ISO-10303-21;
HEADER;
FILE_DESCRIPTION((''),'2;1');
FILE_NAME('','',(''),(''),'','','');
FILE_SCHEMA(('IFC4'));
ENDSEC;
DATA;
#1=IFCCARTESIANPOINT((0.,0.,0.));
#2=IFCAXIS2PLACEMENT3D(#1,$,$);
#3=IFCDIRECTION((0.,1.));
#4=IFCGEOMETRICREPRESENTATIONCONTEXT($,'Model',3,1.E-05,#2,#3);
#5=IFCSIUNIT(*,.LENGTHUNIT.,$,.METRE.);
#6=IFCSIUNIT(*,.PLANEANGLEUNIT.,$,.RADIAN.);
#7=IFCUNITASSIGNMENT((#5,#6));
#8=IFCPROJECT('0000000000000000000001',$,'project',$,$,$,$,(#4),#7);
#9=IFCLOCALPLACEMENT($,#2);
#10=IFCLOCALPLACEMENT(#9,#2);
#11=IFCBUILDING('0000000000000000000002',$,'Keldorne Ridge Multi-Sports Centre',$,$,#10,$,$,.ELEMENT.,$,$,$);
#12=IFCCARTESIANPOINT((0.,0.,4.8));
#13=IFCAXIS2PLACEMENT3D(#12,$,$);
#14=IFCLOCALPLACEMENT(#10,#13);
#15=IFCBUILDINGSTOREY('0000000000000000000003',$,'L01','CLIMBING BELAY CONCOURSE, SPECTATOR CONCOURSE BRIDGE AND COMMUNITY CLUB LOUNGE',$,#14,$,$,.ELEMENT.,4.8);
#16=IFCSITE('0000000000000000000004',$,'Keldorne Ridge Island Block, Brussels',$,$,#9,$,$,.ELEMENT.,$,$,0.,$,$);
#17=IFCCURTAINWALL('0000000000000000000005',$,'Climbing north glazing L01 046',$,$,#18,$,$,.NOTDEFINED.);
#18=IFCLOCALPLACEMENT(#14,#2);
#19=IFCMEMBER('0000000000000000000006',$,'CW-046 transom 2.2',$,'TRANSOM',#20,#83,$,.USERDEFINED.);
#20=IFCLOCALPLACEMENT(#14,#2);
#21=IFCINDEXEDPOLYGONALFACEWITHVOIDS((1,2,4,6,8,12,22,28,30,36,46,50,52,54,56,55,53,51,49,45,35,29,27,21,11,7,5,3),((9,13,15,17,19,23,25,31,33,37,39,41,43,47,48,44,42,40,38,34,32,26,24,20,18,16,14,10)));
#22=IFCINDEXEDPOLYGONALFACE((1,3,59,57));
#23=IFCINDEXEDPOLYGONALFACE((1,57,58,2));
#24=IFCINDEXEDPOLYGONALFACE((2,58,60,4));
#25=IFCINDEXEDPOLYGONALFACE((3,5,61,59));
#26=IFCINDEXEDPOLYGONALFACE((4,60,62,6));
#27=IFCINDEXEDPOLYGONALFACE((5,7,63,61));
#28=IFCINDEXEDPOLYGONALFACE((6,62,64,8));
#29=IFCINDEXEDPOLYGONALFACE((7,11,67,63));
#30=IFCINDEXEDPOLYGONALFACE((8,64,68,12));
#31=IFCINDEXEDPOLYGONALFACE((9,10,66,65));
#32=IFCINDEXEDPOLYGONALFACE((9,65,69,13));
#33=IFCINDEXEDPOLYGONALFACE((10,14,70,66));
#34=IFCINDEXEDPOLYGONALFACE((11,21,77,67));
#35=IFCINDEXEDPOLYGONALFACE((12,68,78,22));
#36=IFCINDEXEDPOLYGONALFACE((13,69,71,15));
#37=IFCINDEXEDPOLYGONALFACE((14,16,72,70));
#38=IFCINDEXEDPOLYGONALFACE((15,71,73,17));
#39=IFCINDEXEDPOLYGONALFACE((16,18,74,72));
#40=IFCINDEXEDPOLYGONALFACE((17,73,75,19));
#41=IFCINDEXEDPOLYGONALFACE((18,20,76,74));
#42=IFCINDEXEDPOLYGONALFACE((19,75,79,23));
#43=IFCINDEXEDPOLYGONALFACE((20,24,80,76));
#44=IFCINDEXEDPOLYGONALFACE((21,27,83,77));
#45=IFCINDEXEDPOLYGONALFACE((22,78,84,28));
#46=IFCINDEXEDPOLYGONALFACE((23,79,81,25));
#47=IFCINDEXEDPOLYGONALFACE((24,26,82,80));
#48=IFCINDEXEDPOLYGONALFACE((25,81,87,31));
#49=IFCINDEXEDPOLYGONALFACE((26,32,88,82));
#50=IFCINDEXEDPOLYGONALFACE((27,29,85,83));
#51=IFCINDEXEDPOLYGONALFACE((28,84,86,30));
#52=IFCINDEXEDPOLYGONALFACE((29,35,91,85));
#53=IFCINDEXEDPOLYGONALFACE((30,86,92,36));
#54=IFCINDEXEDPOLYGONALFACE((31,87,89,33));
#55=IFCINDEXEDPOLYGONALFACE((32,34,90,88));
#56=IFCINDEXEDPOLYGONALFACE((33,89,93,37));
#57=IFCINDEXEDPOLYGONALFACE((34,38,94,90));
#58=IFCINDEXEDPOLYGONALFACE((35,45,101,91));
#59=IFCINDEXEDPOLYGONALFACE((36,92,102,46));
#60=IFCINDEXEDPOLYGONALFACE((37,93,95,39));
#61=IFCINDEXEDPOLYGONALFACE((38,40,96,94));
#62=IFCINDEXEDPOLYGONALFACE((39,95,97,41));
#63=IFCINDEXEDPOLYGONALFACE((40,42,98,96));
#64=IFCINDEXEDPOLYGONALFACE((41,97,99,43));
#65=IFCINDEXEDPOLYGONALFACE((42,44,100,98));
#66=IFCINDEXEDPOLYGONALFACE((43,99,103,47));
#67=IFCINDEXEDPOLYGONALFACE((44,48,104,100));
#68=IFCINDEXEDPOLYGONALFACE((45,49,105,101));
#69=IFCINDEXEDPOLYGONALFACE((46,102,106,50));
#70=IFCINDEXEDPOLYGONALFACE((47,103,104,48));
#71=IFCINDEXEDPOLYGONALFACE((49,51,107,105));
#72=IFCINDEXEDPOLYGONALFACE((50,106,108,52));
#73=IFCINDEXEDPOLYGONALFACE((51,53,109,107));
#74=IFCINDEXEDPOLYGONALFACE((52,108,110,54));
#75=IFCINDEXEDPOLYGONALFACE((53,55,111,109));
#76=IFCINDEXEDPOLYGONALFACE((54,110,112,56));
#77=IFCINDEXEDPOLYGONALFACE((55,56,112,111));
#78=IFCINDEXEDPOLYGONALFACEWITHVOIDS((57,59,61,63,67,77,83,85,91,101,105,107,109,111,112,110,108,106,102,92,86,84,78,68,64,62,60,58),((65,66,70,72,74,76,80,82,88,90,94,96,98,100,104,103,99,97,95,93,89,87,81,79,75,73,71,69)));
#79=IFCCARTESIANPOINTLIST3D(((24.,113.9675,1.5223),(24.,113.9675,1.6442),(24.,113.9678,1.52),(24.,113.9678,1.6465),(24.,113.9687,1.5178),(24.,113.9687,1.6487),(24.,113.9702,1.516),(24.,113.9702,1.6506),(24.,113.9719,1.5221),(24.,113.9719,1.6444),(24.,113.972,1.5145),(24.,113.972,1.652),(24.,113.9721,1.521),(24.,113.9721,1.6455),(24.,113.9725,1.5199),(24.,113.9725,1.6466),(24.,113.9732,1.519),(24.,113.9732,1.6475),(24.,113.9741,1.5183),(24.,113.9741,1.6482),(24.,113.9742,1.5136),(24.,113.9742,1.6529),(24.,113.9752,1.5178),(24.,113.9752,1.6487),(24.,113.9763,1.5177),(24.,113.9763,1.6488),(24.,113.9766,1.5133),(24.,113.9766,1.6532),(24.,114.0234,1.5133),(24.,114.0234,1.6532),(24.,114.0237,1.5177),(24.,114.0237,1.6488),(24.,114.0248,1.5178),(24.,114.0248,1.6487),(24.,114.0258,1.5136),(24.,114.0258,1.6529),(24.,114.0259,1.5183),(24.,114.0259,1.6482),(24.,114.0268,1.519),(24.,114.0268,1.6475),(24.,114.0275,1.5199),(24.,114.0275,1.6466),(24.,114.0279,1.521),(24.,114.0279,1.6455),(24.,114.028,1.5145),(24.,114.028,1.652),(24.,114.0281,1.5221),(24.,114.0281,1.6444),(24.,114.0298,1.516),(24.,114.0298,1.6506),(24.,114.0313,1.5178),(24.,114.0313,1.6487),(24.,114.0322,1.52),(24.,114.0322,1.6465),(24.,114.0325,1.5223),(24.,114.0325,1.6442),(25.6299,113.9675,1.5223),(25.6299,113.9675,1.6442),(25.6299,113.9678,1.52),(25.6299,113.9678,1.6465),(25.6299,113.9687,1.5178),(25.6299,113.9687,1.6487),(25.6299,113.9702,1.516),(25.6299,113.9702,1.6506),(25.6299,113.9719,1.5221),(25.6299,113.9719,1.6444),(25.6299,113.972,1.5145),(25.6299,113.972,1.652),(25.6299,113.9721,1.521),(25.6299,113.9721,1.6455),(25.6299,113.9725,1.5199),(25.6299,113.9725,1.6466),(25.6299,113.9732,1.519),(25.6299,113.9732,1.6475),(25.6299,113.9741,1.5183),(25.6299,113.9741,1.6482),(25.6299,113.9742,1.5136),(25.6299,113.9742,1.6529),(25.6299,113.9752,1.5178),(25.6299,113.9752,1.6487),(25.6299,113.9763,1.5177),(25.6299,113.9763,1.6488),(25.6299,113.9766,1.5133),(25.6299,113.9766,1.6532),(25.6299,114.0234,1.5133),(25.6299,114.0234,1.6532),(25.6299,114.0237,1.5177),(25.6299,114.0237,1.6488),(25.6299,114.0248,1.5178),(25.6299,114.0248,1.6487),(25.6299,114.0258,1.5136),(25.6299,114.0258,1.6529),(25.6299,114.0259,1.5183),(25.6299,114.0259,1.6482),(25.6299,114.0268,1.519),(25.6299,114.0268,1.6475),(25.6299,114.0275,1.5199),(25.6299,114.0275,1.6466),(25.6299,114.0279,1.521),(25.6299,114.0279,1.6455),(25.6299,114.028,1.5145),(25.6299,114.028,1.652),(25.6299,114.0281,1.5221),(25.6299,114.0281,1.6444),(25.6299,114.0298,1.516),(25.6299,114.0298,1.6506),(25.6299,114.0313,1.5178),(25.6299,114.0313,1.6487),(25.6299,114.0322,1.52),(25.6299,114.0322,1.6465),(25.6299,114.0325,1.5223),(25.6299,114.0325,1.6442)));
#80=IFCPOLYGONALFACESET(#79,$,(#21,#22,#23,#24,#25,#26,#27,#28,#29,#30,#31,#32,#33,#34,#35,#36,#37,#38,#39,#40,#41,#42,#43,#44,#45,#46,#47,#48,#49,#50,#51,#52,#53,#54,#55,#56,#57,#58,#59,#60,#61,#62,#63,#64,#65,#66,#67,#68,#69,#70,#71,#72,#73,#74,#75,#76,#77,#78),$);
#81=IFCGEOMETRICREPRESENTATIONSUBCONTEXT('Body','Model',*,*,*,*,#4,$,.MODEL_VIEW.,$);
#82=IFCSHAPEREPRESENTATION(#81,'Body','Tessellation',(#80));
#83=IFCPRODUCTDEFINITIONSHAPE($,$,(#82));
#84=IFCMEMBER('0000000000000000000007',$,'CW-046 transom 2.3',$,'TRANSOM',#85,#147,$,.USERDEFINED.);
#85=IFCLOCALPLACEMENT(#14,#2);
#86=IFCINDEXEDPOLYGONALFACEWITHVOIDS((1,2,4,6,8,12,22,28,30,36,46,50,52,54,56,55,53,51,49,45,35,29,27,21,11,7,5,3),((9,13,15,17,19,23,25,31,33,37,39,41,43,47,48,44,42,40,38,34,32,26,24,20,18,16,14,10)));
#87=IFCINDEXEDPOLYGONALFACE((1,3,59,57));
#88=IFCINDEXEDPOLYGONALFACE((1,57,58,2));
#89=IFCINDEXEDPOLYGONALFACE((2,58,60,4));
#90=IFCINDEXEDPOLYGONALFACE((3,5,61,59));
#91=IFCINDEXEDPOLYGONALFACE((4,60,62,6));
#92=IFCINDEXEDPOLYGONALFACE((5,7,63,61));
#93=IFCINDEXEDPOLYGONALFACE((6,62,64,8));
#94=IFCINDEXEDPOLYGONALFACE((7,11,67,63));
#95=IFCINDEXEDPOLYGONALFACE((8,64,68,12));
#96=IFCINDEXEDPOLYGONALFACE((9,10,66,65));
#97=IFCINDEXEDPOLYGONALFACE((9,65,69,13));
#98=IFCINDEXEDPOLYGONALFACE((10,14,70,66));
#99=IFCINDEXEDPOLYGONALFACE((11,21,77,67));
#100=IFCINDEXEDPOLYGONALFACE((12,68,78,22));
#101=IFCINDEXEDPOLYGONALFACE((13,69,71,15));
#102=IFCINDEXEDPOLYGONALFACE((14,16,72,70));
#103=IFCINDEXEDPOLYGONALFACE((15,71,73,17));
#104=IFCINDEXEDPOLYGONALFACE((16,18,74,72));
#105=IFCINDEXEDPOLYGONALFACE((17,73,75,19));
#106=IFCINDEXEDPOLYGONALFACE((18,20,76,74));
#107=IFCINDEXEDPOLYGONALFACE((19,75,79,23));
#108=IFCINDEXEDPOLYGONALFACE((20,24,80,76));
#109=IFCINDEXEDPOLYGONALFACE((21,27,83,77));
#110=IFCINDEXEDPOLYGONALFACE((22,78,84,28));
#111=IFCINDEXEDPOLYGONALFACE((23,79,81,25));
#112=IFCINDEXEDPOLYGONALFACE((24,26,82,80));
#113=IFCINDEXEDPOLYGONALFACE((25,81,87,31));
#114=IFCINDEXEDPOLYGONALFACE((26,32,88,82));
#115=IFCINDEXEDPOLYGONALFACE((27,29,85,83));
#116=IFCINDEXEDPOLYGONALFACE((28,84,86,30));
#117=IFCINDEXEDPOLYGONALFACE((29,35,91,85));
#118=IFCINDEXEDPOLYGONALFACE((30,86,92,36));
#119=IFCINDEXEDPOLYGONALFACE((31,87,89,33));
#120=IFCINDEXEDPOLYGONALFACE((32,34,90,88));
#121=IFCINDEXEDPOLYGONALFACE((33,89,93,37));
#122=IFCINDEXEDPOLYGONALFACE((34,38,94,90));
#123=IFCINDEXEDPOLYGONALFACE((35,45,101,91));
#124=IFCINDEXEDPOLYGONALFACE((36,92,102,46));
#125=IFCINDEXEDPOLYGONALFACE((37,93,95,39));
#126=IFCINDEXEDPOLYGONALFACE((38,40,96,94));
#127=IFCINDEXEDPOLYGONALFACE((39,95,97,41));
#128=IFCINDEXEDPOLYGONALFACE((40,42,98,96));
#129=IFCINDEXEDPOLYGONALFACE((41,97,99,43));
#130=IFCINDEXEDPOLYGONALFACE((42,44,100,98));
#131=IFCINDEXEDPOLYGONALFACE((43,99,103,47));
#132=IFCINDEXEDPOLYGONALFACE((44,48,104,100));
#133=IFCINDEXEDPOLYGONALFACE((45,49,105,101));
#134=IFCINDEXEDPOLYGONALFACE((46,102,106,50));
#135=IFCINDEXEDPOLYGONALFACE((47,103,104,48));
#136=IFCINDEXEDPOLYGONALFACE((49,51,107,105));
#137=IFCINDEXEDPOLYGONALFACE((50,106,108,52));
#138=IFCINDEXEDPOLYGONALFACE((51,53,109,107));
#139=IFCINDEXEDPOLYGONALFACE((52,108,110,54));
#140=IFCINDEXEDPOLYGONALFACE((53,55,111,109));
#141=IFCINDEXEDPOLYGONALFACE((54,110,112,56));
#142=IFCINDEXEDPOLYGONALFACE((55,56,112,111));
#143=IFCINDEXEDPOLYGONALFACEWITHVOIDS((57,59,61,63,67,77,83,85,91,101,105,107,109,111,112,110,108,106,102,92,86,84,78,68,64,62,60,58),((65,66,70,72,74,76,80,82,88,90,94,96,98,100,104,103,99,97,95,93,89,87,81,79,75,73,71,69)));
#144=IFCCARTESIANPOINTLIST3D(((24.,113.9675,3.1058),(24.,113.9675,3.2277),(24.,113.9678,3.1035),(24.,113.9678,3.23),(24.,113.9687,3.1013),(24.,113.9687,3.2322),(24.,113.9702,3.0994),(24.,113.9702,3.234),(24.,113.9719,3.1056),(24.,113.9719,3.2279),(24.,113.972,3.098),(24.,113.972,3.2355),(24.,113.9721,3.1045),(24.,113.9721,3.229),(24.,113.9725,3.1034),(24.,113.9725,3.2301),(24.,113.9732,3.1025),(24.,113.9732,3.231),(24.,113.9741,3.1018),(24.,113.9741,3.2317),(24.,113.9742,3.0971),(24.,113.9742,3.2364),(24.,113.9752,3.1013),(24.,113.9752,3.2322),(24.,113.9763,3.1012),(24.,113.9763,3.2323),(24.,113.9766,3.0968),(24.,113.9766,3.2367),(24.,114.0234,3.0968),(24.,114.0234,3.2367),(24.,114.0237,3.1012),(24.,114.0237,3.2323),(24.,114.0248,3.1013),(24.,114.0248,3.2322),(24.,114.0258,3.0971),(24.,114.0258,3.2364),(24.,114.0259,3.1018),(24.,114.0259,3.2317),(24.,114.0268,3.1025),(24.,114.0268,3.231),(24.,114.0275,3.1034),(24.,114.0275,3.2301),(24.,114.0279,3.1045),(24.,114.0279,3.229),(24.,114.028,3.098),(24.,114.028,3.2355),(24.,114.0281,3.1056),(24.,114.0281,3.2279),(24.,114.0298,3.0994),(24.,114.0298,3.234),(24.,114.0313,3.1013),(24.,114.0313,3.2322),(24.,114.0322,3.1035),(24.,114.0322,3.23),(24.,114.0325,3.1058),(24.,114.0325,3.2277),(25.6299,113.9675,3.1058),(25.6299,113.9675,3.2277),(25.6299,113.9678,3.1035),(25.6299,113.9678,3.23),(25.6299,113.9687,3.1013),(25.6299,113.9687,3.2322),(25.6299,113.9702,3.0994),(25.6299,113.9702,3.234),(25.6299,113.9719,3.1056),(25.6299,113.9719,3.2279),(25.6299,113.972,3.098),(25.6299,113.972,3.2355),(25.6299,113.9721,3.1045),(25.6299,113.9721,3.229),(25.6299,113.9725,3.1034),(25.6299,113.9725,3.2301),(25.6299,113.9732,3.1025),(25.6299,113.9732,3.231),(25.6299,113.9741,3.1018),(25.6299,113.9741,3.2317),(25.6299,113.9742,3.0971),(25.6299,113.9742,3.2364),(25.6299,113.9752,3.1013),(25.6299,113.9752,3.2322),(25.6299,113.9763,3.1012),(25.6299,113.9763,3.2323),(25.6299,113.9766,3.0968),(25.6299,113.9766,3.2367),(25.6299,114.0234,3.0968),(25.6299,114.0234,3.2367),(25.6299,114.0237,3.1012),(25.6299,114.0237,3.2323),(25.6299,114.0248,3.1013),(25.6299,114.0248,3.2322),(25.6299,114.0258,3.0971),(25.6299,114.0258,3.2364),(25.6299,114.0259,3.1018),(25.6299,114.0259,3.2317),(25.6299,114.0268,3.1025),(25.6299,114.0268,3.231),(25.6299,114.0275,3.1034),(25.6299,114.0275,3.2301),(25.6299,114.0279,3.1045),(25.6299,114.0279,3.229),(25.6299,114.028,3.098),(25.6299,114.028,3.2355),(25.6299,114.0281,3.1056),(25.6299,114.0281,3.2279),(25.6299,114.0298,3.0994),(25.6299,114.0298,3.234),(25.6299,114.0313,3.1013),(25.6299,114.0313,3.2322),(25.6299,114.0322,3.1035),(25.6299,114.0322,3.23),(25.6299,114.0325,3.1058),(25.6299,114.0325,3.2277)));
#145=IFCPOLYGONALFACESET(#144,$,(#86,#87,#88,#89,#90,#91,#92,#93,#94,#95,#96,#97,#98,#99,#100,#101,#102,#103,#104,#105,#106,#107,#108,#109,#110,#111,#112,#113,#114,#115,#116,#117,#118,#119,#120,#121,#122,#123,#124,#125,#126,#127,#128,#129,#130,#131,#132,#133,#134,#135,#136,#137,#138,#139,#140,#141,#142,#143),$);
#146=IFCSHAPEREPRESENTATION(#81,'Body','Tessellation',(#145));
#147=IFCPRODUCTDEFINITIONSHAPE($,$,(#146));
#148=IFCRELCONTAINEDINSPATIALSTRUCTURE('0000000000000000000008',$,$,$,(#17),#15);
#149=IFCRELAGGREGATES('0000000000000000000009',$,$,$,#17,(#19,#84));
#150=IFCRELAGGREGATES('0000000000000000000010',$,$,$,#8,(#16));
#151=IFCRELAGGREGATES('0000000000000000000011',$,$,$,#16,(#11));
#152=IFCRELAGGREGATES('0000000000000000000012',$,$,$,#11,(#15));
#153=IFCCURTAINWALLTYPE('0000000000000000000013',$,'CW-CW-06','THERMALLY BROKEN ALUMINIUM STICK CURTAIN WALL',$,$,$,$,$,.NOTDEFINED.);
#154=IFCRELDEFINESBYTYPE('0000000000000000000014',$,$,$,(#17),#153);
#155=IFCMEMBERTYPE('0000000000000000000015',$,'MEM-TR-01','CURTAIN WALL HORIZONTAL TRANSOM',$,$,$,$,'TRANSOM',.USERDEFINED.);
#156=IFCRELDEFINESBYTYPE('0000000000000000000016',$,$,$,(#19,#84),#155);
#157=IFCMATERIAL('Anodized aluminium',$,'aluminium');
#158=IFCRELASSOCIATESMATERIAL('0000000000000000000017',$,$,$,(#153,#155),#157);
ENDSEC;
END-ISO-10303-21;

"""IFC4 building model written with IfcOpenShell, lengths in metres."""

from ifc_helpers import new_model, si_unit, direction, frame, origin, origin_2d, place, context, subcontext, project, spatial, hollow_rectangle, extrude, material, material_profile, profile_set, type_object, element, aggregate, save


model = new_model("IFC4")

# Units and contexts
model_context = context("Model", 3, precision=1e-05, world=origin(), true_north=direction((0.0, 1.0)))
body_context = subcontext(model_context, "Body", "Model", "MODEL_VIEW")
ifc_project = project(units=[si_unit("LENGTHUNIT", "METRE"), si_unit("PLANEANGLEUNIT", "RADIAN")], contexts=[model_context])

# Site, building, storey
site_placement = place(None, origin())
site = spatial("IfcSite", under=ifc_project, at=site_placement, Name="Keldorne Ridge Island Block, Brussels", CompositionType="ELEMENT", RefElevation=0.0)
building_placement = place(site_placement, origin())
building = spatial("IfcBuilding", under=site, at=building_placement, Name="Keldorne Ridge Multi-Sports Centre", CompositionType="ELEMENT")
storey_placement = place(building_placement, frame((0.0, 0.0, 4.8)))
storey = spatial("IfcBuildingStorey", under=building, at=storey_placement, Name="L01", Description="CLIMBING BELAY CONCOURSE, SPECTATOR CONCOURSE BRIDGE AND COMMUNITY CLUB LOUNGE", CompositionType="ELEMENT", Elevation=4.8)

# Curtain wall
ifc_material_1 = material(Name="Anodized aluminium", Category="aluminium")
curtain_wall_type_1 = type_object("IfcCurtainWallType", Name="CW-CW-06", Description="THERMALLY BROKEN ALUMINIUM STICK CURTAIN WALL", PredefinedType="NOTDEFINED", material=ifc_material_1)
curtain_wall_1_placement = place(storey_placement, origin())
curtain_wall_1 = element("IfcCurtainWall", 1, at=curtain_wall_1_placement, inside=storey, type_object=curtain_wall_type_1, Name="Climbing north glazing L01 046", PredefinedType="NOTDEFINED")

# Members
ifc_material_profile_1 = material_profile(ifc_material_1, hollow_rectangle(XDim=0.0649, YDim=0.1399, WallThickness=0.0044, InnerFilletRadius=0.0044, OuterFilletRadius=0.009, at=origin_2d()), Name="ALU TRANSOM 140x65x4.5")
ifc_profile_set_1 = profile_set([ifc_material_profile_1], Name="Anodized aluminium")
member_type_1 = type_object("IfcMemberType", Name="MEM-TR-01", Description="CURTAIN WALL HORIZONTAL TRANSOM", ElementType="TRANSOM", PredefinedType="USERDEFINED", material=ifc_profile_set_1)
member_1_placement = place(storey_placement, frame((25.6299, 114.0, 1.5833), z_axis=(-1.0, 0.0, 0.0), x_axis=(0.0, -1.0, 0.0)))
member_1 = element("IfcMember", 2, at=member_1_placement, type_object=member_type_1, Name="CW-046 transom 2.2", ObjectType="TRANSOM", PredefinedType="USERDEFINED", context=body_context, shape_type="SweptSolid", body=[
    extrude(hollow_rectangle(XDim=0.0649, YDim=0.1399, WallThickness=0.0044, InnerFilletRadius=0.0044, OuterFilletRadius=0.009, at=origin_2d()), origin(), (0.0, 0.0, 1.0), 1.6299),
])
member_2_placement = place(storey_placement, frame((25.6299, 114.0, 3.1667), z_axis=(-1.0, 0.0, 0.0), x_axis=(0.0, -1.0, 0.0)))
member_2 = element("IfcMember", 3, at=member_2_placement, type_object=member_type_1, Name="CW-046 transom 2.3", ObjectType="TRANSOM", PredefinedType="USERDEFINED", context=body_context, shape_type="SweptSolid", body=[
    extrude(hollow_rectangle(XDim=0.0649, YDim=0.1399, WallThickness=0.0044, InnerFilletRadius=0.0044, OuterFilletRadius=0.009, at=origin_2d()), origin(), (0.0, 0.0, 1.0), 1.6299),
])

aggregate(curtain_wall_1, [member_1, member_2])

save(model, "model.ifc")
